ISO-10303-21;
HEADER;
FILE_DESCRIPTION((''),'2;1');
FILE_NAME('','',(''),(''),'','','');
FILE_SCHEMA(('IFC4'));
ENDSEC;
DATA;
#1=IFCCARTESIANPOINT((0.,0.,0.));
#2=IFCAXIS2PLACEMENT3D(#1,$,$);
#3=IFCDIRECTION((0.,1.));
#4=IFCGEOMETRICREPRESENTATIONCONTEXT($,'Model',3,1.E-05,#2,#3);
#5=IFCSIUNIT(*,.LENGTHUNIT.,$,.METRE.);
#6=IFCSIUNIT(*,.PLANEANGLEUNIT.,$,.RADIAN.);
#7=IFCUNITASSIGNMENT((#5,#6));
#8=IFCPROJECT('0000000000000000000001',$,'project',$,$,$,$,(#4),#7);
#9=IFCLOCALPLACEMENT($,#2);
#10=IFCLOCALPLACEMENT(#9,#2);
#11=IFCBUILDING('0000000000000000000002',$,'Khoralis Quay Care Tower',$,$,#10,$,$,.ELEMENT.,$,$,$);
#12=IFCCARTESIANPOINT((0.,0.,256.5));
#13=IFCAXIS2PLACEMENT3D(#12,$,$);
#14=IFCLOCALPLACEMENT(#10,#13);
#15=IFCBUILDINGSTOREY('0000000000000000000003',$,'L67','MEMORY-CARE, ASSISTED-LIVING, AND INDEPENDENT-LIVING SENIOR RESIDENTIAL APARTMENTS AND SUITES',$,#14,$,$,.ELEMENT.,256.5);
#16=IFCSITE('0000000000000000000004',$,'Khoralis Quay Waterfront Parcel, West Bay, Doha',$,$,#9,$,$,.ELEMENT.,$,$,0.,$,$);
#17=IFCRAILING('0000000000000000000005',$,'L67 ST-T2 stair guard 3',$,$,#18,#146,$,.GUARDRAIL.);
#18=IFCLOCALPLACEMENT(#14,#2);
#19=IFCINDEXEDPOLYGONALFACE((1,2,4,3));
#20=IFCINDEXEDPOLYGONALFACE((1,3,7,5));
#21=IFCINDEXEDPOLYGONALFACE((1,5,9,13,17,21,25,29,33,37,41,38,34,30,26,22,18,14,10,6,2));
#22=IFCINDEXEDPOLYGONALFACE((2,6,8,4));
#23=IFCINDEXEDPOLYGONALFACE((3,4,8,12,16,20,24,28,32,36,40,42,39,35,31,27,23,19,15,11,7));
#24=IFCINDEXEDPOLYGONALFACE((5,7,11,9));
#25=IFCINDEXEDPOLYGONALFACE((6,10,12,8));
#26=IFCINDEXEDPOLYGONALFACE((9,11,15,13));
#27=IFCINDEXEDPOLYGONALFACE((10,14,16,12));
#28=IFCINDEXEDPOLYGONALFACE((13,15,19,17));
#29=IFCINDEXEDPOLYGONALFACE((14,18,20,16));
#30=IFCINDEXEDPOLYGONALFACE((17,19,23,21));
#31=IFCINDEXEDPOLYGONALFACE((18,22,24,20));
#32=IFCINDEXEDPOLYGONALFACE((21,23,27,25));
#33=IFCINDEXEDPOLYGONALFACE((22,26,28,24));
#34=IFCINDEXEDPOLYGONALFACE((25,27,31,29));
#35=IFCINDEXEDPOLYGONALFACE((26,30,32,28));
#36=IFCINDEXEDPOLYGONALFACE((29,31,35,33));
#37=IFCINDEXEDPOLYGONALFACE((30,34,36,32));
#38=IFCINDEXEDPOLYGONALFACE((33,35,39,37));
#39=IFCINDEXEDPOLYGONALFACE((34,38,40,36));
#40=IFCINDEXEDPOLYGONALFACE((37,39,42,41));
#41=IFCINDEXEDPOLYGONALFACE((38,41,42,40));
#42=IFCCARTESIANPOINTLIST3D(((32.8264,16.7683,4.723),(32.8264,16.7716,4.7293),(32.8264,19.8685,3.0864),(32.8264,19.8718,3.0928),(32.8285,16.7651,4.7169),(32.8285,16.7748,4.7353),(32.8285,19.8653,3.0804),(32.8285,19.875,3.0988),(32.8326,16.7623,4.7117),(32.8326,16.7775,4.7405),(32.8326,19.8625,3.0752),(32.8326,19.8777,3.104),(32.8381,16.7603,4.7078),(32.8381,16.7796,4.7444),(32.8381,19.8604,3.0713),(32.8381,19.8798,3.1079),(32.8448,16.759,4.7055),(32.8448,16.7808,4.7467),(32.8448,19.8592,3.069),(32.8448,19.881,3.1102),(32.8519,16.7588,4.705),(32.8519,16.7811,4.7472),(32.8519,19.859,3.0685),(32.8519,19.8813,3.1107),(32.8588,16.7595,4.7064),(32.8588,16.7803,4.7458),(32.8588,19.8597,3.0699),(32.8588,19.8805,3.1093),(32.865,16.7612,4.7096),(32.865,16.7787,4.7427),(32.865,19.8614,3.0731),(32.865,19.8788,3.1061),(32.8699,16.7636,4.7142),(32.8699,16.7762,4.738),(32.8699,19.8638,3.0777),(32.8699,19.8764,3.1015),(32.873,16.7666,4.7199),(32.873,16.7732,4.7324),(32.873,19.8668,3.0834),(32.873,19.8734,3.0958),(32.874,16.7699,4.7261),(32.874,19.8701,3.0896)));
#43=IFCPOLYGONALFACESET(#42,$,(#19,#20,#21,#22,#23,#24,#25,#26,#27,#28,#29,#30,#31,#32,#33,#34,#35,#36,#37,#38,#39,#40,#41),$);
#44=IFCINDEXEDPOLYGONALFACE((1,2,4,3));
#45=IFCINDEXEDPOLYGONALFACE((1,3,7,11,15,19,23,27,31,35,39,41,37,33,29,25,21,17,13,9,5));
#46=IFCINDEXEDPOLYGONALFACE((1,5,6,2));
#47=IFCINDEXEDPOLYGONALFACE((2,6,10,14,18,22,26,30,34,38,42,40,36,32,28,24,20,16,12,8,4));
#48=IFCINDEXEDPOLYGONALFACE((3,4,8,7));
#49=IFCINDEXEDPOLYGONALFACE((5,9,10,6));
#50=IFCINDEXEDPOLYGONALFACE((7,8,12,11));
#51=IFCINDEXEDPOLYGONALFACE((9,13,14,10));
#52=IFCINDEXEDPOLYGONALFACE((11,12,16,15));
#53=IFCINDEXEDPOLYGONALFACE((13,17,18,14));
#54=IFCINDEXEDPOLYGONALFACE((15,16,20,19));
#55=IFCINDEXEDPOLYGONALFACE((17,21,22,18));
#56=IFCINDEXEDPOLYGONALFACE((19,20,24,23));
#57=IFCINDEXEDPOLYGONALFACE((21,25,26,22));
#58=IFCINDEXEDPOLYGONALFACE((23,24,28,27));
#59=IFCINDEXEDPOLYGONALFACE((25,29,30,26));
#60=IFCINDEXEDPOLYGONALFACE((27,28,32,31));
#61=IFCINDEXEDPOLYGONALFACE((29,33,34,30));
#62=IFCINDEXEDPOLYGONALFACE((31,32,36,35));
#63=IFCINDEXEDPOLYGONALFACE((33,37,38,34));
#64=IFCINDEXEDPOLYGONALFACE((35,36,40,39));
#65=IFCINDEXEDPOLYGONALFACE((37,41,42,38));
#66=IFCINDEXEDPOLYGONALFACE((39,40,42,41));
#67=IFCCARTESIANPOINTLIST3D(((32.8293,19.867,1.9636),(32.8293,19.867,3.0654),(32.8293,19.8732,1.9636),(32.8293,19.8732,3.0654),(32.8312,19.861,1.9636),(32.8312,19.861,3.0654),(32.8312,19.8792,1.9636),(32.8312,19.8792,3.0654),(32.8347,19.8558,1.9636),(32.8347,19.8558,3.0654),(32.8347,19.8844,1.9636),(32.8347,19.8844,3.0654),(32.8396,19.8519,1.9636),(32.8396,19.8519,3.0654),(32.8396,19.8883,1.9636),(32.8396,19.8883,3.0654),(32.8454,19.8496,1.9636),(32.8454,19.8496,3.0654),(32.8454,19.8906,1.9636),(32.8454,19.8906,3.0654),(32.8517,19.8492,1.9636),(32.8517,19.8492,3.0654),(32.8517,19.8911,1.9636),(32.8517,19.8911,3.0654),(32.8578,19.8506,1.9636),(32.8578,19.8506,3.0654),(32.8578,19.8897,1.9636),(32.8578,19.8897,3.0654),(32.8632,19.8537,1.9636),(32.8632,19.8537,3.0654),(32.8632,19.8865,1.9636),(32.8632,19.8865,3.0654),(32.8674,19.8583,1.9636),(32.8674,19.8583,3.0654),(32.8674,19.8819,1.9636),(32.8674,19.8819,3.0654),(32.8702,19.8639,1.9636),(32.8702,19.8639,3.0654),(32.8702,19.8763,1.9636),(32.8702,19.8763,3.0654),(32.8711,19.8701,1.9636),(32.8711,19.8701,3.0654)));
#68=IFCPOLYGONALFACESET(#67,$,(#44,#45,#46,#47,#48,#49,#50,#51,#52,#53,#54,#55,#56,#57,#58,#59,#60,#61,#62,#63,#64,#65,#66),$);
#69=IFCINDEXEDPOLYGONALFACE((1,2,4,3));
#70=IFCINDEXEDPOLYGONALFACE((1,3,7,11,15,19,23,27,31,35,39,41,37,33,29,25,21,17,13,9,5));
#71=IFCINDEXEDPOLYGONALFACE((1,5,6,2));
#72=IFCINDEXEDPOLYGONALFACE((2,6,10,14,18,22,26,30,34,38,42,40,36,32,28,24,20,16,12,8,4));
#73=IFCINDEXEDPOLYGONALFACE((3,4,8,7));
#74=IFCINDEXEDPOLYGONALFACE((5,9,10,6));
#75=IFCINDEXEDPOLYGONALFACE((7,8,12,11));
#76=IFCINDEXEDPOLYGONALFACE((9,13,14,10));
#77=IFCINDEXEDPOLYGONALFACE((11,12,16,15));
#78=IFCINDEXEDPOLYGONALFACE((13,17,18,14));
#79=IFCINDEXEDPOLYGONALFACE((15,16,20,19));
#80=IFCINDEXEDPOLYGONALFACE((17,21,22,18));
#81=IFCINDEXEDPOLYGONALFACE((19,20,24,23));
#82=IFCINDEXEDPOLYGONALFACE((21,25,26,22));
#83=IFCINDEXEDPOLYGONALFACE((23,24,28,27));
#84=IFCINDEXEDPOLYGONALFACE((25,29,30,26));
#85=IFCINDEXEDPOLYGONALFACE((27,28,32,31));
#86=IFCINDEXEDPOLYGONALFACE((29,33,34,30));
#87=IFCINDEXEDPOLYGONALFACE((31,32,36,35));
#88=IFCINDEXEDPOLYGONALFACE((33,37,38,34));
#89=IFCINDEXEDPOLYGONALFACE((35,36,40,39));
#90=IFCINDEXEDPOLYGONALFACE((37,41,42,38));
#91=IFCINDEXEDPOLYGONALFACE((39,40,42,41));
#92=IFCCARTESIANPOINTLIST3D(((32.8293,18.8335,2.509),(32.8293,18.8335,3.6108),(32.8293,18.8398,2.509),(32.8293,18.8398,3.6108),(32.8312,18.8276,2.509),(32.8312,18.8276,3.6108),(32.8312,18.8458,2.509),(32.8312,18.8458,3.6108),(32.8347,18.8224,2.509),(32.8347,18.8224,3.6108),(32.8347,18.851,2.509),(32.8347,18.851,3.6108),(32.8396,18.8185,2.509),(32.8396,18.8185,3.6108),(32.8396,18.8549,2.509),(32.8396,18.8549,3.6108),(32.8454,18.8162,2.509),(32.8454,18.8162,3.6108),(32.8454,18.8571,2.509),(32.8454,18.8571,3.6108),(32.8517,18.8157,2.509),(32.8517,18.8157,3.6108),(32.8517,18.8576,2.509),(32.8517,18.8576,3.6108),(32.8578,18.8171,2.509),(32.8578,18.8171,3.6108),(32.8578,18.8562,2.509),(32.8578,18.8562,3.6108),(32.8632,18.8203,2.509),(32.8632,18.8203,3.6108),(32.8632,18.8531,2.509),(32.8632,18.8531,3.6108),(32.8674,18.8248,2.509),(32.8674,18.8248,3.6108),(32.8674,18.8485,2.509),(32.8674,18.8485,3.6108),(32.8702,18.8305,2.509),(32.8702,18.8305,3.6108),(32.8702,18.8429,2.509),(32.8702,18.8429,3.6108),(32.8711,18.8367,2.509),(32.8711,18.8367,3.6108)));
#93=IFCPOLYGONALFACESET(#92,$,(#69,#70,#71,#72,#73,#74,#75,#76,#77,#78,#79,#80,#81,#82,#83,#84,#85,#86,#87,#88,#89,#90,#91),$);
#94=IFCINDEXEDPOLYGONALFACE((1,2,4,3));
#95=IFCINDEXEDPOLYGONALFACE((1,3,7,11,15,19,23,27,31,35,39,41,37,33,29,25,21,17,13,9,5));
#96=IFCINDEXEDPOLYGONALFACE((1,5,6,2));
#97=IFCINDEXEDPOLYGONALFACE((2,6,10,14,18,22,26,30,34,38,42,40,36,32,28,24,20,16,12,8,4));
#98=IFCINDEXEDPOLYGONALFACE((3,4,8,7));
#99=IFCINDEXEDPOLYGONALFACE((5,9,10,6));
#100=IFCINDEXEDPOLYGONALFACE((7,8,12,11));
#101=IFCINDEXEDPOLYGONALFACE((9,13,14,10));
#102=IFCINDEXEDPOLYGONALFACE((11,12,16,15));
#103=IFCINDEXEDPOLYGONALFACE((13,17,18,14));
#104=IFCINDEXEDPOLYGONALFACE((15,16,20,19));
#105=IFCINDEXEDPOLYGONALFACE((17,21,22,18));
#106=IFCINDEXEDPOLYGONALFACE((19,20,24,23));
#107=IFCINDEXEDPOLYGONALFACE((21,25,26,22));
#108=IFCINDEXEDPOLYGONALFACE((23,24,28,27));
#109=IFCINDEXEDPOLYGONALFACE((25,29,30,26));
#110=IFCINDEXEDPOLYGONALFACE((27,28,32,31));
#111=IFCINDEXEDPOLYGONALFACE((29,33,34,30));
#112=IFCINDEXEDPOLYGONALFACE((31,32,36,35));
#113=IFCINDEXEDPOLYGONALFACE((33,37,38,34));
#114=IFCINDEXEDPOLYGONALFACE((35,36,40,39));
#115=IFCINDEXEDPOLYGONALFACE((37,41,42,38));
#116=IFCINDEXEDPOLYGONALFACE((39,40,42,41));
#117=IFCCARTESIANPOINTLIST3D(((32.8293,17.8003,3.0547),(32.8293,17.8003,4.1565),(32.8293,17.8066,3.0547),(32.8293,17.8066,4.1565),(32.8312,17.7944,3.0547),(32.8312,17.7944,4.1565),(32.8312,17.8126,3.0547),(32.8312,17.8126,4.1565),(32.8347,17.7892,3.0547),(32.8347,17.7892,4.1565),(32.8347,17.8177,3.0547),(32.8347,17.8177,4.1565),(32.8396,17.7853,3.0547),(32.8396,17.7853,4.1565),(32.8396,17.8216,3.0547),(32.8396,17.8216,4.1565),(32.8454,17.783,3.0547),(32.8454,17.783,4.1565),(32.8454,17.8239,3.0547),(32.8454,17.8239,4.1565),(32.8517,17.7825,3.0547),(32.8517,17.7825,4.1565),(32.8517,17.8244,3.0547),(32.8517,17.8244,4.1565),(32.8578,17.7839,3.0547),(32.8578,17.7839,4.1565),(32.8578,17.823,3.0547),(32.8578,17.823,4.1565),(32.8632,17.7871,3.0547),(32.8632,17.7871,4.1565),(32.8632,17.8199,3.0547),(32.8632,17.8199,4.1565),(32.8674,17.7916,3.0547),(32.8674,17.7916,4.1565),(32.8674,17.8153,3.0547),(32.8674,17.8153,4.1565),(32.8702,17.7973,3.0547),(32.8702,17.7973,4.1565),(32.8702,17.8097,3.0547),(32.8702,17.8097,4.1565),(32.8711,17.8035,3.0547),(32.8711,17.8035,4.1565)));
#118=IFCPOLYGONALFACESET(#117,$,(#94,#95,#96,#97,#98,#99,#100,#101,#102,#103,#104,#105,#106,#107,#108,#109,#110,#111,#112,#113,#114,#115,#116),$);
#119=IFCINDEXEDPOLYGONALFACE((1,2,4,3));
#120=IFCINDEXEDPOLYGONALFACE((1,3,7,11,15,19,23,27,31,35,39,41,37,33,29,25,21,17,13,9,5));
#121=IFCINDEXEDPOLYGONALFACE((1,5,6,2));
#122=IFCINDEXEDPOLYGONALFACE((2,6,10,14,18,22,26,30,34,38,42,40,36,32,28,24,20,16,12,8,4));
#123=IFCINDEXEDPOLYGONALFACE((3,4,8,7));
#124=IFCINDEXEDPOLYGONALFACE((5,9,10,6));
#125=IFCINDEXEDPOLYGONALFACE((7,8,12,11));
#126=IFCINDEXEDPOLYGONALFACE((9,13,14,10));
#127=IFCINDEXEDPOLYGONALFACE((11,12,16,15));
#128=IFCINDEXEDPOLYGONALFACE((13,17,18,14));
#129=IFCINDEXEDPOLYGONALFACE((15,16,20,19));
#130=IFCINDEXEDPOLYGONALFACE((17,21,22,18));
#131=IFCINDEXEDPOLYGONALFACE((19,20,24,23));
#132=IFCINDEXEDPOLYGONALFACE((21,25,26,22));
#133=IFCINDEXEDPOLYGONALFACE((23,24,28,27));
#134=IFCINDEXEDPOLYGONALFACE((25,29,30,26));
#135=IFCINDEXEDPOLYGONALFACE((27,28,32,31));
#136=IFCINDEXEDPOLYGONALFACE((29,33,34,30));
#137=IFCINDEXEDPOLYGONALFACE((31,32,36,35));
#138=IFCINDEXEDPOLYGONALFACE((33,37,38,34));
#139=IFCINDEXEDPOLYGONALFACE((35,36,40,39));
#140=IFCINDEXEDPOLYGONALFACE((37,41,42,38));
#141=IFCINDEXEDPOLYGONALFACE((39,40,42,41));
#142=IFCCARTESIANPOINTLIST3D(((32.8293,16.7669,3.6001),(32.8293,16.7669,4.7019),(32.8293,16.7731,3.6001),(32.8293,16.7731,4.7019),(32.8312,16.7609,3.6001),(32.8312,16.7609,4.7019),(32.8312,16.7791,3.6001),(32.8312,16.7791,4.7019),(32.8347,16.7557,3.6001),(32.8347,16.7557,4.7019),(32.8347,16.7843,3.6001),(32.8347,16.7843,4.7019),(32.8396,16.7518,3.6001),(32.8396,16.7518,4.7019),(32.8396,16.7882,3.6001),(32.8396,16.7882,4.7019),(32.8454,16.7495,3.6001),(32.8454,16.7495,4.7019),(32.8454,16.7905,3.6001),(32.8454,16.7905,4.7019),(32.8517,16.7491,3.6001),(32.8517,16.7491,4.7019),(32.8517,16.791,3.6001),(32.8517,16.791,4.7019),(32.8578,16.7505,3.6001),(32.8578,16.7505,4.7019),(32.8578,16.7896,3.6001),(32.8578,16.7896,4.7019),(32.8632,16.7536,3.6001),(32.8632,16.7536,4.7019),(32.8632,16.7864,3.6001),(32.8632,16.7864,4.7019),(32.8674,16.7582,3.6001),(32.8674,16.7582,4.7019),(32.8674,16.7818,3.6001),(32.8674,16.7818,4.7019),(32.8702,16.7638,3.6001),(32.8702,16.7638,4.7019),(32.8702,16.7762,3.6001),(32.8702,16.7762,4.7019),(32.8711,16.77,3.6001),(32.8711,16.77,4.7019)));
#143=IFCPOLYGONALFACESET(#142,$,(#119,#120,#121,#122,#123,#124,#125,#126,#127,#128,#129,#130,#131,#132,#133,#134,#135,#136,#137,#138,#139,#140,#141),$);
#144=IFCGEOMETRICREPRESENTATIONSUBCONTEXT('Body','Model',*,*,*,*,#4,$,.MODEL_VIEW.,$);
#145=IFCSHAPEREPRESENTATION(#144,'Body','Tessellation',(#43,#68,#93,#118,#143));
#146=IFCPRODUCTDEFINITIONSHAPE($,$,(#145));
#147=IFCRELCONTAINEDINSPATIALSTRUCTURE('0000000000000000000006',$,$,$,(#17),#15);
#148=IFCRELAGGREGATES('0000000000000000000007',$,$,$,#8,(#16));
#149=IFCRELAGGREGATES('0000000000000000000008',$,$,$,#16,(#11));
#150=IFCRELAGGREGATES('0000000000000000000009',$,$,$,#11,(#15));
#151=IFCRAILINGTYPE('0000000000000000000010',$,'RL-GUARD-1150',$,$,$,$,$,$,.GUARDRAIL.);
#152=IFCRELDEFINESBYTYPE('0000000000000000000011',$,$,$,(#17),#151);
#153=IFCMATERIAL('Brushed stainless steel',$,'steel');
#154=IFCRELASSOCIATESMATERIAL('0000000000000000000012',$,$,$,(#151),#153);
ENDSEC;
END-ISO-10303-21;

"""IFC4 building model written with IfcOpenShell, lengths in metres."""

from ifc_helpers import new_model, si_unit, direction, frame, origin, origin_2d, place, context, subcontext, project, spatial, circle, extrude, material, type_object, element, save


model = new_model("IFC4")

# Units and contexts
model_context = context("Model", 3, precision=1e-05, world=origin(), true_north=direction((0.0, 1.0)))
body_context = subcontext(model_context, "Body", "Model", "MODEL_VIEW")
ifc_project = project(units=[si_unit("LENGTHUNIT", "METRE"), si_unit("PLANEANGLEUNIT", "RADIAN")], contexts=[model_context])

# Site, building, storey
site_placement = place(None, origin())
site = spatial("IfcSite", under=ifc_project, at=site_placement, Name="Khoralis Quay Waterfront Parcel, West Bay, Doha", CompositionType="ELEMENT", RefElevation=0.0)
building_placement = place(site_placement, origin())
building = spatial("IfcBuilding", under=site, at=building_placement, Name="Khoralis Quay Care Tower", CompositionType="ELEMENT")
storey_placement = place(building_placement, frame((0.0, 0.0, 256.5)))
storey = spatial("IfcBuildingStorey", under=building, at=storey_placement, Name="L67", Description="MEMORY-CARE, ASSISTED-LIVING, AND INDEPENDENT-LIVING SENIOR RESIDENTIAL APARTMENTS AND SUITES", CompositionType="ELEMENT", Elevation=256.5)

# Shared definitions
ifc_material_1 = material(Name="Brushed stainless steel", Category="steel")

# Railing
railing_type_1 = type_object("IfcRailingType", Name="RL-GUARD-1150", PredefinedType="GUARDRAIL", material=ifc_material_1)
railing_1_placement = place(storey_placement, frame((32.8501, 19.8701, 1.9636)))
element("IfcRailing", 1, at=railing_1_placement, inside=storey, type_object=railing_type_1, Name="L67 ST-T2 stair guard 3", PredefinedType="GUARDRAIL", context=body_context, shape_type="SweptSolid", body=[
    extrude(circle(Radius=0.0239, at=origin_2d()), frame((0.0, 0.0, 1.126), z_axis=(0.0, -0.884348, 0.466828), x_axis=(1.0, 0.0, 0.0)), (0.0, 0.0, 1.0), 3.5056),
    extrude(circle(Radius=0.021, at=origin_2d()), origin(), (0.0, 0.0, 1.0), 1.1018),
    extrude(circle(Radius=0.021, at=origin_2d()), frame((0.0, -1.0334, 0.5454)), (0.0, 0.0, 1.0), 1.1018),
    extrude(circle(Radius=0.021, at=origin_2d()), frame((0.0, -2.0667, 1.0911)), (0.0, 0.0, 1.0), 1.1018),
    extrude(circle(Radius=0.021, at=origin_2d()), frame((0.0, -3.1001, 1.6365)), (0.0, 0.0, 1.0), 1.1018),
])

save(model, "model.ifc")
